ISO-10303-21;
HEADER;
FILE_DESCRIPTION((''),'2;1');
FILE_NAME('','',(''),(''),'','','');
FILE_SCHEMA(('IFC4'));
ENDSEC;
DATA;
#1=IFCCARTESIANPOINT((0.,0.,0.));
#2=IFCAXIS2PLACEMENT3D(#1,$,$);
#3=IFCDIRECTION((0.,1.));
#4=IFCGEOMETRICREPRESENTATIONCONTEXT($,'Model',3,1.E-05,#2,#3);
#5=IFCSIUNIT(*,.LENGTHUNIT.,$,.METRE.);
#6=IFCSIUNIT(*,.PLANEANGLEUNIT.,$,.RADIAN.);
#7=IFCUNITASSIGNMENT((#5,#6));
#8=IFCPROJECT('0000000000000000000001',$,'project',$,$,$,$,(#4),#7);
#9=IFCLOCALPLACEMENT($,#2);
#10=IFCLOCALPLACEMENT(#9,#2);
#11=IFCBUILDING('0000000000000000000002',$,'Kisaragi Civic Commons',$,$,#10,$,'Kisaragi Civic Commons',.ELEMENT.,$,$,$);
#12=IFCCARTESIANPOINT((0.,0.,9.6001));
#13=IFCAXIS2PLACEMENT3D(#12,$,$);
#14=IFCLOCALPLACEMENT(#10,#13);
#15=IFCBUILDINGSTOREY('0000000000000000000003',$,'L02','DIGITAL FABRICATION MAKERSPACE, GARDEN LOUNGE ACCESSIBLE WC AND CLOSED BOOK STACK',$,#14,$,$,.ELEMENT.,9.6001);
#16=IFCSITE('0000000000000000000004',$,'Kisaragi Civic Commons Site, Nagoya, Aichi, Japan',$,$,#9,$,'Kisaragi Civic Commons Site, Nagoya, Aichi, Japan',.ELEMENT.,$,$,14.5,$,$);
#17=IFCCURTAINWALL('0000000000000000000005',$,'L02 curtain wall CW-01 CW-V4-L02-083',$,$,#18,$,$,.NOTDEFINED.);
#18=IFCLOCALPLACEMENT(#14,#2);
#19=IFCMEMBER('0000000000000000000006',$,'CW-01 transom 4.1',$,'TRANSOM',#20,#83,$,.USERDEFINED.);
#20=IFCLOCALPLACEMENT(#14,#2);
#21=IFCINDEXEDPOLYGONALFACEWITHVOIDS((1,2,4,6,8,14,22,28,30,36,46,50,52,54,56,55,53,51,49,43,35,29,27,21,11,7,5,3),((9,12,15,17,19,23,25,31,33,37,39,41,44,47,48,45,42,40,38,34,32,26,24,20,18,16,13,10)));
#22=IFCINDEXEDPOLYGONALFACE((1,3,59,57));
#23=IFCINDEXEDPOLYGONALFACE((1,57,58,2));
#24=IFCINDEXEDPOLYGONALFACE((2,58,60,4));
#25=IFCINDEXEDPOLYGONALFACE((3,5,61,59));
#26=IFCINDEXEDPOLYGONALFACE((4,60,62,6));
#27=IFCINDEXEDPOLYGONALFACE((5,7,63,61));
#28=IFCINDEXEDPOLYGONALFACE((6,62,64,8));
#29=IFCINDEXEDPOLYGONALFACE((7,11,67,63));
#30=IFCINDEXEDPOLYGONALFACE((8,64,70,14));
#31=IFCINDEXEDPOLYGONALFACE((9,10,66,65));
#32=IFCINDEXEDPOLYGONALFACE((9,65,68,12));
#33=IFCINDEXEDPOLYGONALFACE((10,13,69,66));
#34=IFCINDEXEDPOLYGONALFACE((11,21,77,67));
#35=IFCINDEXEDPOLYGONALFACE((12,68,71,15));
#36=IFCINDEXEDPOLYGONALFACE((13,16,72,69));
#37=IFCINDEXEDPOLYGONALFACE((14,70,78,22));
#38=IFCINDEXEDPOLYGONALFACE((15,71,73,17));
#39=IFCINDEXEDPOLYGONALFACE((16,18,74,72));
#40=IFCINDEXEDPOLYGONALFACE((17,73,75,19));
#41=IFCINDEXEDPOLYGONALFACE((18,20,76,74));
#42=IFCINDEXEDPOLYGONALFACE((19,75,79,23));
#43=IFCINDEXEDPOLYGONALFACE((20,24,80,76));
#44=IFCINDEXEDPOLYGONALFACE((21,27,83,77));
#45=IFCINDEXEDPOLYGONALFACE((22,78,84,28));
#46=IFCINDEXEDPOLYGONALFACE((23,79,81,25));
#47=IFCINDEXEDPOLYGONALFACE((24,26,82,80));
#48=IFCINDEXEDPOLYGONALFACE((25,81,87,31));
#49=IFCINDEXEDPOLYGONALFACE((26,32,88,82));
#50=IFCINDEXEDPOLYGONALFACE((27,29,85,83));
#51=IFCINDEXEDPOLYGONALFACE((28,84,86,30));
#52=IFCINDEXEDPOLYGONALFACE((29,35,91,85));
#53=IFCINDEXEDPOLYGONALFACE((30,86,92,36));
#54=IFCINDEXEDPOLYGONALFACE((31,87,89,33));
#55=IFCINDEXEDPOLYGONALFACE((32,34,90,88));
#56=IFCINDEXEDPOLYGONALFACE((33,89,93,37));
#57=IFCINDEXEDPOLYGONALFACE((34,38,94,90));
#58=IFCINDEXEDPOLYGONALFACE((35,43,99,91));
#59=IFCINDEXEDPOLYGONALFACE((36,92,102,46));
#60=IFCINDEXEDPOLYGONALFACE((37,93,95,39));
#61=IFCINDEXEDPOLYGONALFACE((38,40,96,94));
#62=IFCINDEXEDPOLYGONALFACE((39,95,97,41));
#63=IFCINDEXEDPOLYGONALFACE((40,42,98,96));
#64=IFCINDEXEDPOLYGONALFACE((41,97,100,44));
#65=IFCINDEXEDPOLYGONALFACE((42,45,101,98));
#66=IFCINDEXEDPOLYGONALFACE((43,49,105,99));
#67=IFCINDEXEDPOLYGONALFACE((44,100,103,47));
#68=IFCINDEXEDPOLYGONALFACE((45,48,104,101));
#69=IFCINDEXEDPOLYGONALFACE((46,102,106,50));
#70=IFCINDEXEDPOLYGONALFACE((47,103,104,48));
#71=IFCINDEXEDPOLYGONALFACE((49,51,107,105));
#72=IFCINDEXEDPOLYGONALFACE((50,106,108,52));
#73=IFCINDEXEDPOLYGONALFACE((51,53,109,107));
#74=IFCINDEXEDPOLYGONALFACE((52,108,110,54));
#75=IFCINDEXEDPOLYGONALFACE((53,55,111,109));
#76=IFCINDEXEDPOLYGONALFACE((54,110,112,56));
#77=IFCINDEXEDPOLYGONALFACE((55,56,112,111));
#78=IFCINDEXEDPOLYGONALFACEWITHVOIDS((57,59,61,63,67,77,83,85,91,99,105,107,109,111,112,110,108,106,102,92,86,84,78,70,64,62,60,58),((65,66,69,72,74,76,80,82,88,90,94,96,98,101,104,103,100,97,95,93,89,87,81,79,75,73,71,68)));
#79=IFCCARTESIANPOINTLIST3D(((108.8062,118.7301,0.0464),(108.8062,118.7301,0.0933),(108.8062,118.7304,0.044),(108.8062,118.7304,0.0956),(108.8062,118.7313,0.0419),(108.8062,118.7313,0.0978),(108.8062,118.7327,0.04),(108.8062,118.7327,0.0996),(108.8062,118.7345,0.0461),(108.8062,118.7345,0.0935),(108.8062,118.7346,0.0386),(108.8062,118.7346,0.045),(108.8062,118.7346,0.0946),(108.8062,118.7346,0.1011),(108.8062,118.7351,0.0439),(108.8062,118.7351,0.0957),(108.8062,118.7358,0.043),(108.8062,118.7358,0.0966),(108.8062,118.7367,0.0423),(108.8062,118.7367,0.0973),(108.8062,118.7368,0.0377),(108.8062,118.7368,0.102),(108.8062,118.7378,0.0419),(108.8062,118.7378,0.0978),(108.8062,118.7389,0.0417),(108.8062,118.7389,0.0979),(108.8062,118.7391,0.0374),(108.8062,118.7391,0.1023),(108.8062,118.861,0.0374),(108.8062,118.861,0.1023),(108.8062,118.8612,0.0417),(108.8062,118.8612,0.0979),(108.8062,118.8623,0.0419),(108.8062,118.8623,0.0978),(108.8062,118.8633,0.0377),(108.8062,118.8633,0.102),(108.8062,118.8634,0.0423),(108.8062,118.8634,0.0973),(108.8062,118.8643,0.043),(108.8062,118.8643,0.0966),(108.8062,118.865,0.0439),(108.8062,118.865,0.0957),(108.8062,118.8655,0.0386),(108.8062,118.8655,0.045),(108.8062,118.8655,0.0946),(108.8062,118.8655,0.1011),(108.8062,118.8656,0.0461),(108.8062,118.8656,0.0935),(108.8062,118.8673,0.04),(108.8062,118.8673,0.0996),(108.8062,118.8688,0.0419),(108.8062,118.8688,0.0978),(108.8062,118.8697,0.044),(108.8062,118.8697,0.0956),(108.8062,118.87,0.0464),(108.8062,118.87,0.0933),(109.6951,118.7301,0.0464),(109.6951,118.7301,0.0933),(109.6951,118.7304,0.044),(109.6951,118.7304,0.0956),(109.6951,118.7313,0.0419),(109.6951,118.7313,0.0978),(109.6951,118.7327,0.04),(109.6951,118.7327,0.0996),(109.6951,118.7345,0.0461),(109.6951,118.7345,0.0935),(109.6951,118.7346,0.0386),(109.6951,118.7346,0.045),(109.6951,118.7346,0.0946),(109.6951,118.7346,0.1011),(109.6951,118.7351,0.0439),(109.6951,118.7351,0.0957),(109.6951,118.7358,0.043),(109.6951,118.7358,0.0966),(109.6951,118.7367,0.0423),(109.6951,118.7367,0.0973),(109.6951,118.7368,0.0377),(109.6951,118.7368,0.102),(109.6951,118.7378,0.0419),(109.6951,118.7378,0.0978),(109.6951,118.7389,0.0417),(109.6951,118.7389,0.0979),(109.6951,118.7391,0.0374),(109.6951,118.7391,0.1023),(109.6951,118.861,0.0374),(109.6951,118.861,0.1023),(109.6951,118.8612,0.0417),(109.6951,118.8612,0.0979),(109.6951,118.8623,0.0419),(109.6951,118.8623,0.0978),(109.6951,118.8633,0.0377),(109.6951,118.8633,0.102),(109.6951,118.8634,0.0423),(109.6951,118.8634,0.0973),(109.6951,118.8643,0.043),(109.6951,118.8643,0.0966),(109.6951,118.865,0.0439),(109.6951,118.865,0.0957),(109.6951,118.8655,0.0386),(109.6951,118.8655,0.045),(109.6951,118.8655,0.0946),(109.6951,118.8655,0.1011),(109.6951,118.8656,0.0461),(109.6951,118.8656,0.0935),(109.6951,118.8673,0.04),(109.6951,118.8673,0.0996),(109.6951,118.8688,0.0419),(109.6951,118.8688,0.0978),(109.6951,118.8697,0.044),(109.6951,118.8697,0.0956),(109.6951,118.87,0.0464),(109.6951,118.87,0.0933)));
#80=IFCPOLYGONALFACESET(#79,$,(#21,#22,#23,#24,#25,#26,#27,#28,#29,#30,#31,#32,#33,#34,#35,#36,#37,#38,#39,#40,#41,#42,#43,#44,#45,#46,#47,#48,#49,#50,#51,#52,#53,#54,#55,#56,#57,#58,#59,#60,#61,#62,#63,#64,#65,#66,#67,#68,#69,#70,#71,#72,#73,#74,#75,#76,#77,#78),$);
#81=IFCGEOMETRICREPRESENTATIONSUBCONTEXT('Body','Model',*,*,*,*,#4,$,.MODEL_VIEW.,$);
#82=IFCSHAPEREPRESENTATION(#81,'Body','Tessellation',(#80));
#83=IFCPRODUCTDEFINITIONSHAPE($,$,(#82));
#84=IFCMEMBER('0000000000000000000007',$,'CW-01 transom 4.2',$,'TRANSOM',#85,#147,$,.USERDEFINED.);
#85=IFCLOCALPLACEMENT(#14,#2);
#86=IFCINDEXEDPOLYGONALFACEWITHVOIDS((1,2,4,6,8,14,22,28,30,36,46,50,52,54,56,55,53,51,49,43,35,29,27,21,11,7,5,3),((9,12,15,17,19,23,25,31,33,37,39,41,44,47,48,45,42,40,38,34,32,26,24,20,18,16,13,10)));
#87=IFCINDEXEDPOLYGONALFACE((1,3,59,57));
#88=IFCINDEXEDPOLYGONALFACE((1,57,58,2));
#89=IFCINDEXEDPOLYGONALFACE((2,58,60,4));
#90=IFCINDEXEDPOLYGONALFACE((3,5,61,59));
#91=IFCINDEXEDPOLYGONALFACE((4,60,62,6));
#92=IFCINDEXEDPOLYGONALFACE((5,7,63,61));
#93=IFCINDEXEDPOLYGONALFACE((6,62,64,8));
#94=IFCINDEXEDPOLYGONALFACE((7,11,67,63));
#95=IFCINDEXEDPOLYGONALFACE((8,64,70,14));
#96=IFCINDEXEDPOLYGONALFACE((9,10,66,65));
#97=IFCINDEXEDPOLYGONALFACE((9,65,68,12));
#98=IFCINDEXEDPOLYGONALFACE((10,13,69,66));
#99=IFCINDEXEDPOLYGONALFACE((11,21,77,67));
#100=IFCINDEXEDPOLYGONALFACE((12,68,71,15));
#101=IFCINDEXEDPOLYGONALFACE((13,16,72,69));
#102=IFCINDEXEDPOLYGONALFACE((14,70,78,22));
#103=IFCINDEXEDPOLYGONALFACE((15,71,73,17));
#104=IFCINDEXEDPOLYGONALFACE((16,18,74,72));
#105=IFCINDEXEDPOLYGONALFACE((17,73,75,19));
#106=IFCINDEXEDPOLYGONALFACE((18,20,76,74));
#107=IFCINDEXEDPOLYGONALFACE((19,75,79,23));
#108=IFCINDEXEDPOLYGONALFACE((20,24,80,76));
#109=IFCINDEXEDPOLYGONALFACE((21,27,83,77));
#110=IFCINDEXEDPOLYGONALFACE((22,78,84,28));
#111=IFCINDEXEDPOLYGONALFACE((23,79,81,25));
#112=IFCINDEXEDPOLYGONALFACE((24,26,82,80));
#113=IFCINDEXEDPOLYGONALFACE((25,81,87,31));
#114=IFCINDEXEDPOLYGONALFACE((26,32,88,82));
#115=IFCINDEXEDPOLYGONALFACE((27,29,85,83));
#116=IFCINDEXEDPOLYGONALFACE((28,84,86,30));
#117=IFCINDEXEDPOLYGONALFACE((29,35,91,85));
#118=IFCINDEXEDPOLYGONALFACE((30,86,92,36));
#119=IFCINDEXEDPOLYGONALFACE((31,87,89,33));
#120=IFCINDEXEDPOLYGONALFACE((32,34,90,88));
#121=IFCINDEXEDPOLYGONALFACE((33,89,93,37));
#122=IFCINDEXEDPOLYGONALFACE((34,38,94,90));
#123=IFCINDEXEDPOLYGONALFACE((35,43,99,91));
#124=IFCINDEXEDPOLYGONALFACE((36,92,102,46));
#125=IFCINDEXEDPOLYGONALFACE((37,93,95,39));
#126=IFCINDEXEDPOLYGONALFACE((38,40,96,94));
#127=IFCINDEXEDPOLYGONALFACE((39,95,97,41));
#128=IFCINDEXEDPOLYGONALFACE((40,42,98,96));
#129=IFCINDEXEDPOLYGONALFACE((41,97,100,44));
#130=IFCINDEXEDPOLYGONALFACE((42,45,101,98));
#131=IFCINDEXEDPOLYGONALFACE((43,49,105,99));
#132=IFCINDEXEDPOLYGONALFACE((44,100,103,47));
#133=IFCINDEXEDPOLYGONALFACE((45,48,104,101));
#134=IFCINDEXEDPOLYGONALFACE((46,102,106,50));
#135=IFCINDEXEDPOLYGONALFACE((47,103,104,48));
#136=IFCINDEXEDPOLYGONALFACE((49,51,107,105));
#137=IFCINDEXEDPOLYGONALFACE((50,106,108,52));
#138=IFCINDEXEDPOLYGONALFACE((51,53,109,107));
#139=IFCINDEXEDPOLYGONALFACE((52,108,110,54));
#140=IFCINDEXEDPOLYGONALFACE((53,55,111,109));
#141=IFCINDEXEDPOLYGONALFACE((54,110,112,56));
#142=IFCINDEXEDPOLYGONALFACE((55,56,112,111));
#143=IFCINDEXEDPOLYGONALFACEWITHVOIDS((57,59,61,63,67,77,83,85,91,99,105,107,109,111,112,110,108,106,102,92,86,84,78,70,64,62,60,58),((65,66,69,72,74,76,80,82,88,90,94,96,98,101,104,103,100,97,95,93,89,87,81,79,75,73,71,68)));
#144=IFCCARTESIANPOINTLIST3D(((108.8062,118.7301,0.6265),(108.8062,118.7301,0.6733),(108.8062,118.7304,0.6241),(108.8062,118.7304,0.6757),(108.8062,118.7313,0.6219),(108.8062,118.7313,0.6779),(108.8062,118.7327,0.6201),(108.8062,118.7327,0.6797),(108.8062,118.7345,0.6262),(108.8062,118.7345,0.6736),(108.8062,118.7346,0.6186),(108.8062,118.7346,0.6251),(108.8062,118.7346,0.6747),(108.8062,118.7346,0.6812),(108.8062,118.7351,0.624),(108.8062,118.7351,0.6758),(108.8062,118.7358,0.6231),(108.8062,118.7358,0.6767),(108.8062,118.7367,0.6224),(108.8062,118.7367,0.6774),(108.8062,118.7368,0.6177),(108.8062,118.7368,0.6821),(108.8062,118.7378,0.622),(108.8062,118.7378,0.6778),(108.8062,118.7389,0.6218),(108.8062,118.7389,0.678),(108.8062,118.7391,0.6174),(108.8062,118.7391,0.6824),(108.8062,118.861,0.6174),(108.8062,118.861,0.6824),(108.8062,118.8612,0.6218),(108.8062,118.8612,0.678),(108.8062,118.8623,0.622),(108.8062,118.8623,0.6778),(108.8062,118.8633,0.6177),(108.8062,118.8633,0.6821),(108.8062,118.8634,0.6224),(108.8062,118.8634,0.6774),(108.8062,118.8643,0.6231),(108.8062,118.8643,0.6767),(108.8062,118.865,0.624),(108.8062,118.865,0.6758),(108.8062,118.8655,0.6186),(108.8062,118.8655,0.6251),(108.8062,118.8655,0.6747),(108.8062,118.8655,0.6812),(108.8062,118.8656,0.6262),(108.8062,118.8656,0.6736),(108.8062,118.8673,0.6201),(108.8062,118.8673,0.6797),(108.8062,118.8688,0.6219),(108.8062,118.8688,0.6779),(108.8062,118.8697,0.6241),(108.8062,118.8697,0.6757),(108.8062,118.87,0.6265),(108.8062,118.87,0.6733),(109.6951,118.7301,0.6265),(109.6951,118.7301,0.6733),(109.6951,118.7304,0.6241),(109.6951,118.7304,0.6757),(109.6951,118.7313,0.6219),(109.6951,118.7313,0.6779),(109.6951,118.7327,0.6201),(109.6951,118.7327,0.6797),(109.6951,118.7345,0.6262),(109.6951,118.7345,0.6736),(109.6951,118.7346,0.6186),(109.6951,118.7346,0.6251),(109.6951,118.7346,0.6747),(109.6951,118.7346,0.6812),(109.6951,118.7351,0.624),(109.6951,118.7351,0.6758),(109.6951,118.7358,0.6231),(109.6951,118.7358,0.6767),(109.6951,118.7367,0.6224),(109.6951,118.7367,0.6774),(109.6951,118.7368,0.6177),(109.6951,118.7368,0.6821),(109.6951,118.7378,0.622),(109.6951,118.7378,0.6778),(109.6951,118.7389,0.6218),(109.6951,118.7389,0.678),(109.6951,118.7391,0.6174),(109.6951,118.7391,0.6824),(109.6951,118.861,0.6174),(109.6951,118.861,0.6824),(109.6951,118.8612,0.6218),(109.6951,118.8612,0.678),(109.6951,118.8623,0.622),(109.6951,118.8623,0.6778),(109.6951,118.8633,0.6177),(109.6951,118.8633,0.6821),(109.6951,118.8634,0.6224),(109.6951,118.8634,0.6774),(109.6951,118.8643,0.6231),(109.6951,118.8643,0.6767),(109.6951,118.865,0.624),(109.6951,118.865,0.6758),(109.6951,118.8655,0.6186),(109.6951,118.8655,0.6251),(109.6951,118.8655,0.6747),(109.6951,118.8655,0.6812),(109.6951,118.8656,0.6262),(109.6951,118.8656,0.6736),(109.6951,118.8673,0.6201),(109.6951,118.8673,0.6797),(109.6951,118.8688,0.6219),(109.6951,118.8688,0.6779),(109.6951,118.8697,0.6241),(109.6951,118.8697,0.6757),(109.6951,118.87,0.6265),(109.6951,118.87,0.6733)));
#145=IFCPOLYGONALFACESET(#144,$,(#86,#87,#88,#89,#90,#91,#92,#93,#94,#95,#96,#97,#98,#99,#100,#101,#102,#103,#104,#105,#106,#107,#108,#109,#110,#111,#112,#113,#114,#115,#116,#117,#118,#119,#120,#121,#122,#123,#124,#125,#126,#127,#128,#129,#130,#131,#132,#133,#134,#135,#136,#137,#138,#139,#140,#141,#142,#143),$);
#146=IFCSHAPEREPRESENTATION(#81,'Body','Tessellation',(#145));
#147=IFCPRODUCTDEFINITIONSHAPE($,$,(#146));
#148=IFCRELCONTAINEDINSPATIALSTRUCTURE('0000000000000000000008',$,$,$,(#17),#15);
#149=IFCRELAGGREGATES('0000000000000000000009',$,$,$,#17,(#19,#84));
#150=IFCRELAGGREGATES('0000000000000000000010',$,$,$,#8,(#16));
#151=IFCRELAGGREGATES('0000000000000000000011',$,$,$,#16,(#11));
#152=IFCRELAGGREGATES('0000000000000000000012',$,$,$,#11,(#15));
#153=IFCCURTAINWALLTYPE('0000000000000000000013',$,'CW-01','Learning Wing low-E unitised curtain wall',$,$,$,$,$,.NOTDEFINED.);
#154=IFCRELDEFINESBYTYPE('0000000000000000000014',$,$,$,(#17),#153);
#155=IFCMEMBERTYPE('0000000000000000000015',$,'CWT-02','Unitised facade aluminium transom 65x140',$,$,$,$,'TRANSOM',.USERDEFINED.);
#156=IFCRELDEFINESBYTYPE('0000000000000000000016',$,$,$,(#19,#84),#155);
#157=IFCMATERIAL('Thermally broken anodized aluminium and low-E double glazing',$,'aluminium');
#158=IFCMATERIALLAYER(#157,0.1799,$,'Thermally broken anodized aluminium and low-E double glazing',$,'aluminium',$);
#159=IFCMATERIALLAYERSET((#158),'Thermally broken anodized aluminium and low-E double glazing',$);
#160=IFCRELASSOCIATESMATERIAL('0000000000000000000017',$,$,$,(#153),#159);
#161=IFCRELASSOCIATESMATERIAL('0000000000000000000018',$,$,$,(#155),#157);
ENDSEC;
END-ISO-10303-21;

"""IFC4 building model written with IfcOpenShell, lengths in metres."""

from ifc_helpers import new_model, si_unit, direction, frame, origin, origin_2d, place, context, subcontext, project, spatial, hollow_rectangle, extrude, material, layer, layer_set, material_profile, profile_set, type_object, element, aggregate, save


model = new_model("IFC4")

# Units and contexts
model_context = context("Model", 3, precision=1e-05, world=origin(), true_north=direction((0.0, 1.0)))
body_context = subcontext(model_context, "Body", "Model", "MODEL_VIEW")
ifc_project = project(units=[si_unit("LENGTHUNIT", "METRE"), si_unit("PLANEANGLEUNIT", "RADIAN")], contexts=[model_context])

# Site, building, storey
site_placement = place(None, origin())
site = spatial("IfcSite", under=ifc_project, at=site_placement, Name="Kisaragi Civic Commons Site, Nagoya, Aichi, Japan", LongName="Kisaragi Civic Commons Site, Nagoya, Aichi, Japan", CompositionType="ELEMENT", RefElevation=14.5)
building_placement = place(site_placement, origin())
building = spatial("IfcBuilding", under=site, at=building_placement, Name="Kisaragi Civic Commons", LongName="Kisaragi Civic Commons", CompositionType="ELEMENT")
storey_placement = place(building_placement, frame((0.0, 0.0, 9.6001)))
storey = spatial("IfcBuildingStorey", under=building, at=storey_placement, Name="L02", Description="DIGITAL FABRICATION MAKERSPACE, GARDEN LOUNGE ACCESSIBLE WC AND CLOSED BOOK STACK", CompositionType="ELEMENT", Elevation=9.6001)

# Curtain wall
ifc_material = material(Name="Thermally broken anodized aluminium and low-E double glazing", Category="aluminium")
ifc_layer_1 = layer(ifc_material, 0.1799, Name="Thermally broken anodized aluminium and low-E double glazing", Category="aluminium")
ifc_layer_set_1 = layer_set([ifc_layer_1], Name="Thermally broken anodized aluminium and low-E double glazing")
curtain_wall_type = type_object("IfcCurtainWallType", Name="CW-01", Description="Learning Wing low-E unitised curtain wall", PredefinedType="NOTDEFINED", material=ifc_layer_set_1)
curtain_wall_1_placement = place(storey_placement, origin())
curtain_wall_1 = element("IfcCurtainWall", 1, at=curtain_wall_1_placement, inside=storey, type_object=curtain_wall_type, Name="L02 curtain wall CW-01 CW-V4-L02-083", PredefinedType="NOTDEFINED")

# Members
ifc_material_profile_1 = material_profile(ifc_material, hollow_rectangle(XDim=0.1399, YDim=0.0649, WallThickness=0.0044, InnerFilletRadius=0.0044, OuterFilletRadius=0.009, at=origin_2d()), Name="CWT-65x140x4.5", Category="aluminium")
ifc_profile_set_1 = profile_set([ifc_material_profile_1], Name="Thermally broken anodized aluminium and low-E double glazing")
member_type_1 = type_object("IfcMemberType", Name="CWT-02", Description="Unitised facade aluminium transom 65x140", ElementType="TRANSOM", PredefinedType="USERDEFINED", material=ifc_profile_set_1)
member_1_placement = place(storey_placement, frame((108.8062, 118.8, 0.0698), z_axis=(1.0, 0.0, 0.0), x_axis=(0.0, 1.0, 0.0)))
member_1 = element("IfcMember", 2, at=member_1_placement, type_object=member_type_1, Name="CW-01 transom 4.1", ObjectType="TRANSOM", PredefinedType="USERDEFINED", context=body_context, shape_type="SweptSolid", body=[
    extrude(hollow_rectangle(XDim=0.1399, YDim=0.0649, WallThickness=0.0044, InnerFilletRadius=0.0044, OuterFilletRadius=0.009, at=origin_2d()), origin(), (0.0, 0.0, 1.0), 0.8889),
])
member_2_placement = place(storey_placement, frame((108.8062, 118.8, 0.6499), z_axis=(1.0, 0.0, 0.0), x_axis=(0.0, 1.0, 0.0)))
member_2 = element("IfcMember", 3, at=member_2_placement, type_object=member_type_1, Name="CW-01 transom 4.2", ObjectType="TRANSOM", PredefinedType="USERDEFINED", context=body_context, shape_type="SweptSolid", body=[
    extrude(hollow_rectangle(XDim=0.1399, YDim=0.0649, WallThickness=0.0044, InnerFilletRadius=0.0044, OuterFilletRadius=0.009, at=origin_2d()), origin(), (0.0, 0.0, 1.0), 0.8889),
])

aggregate(curtain_wall_1, [member_1, member_2])

save(model, "model.ifc")
